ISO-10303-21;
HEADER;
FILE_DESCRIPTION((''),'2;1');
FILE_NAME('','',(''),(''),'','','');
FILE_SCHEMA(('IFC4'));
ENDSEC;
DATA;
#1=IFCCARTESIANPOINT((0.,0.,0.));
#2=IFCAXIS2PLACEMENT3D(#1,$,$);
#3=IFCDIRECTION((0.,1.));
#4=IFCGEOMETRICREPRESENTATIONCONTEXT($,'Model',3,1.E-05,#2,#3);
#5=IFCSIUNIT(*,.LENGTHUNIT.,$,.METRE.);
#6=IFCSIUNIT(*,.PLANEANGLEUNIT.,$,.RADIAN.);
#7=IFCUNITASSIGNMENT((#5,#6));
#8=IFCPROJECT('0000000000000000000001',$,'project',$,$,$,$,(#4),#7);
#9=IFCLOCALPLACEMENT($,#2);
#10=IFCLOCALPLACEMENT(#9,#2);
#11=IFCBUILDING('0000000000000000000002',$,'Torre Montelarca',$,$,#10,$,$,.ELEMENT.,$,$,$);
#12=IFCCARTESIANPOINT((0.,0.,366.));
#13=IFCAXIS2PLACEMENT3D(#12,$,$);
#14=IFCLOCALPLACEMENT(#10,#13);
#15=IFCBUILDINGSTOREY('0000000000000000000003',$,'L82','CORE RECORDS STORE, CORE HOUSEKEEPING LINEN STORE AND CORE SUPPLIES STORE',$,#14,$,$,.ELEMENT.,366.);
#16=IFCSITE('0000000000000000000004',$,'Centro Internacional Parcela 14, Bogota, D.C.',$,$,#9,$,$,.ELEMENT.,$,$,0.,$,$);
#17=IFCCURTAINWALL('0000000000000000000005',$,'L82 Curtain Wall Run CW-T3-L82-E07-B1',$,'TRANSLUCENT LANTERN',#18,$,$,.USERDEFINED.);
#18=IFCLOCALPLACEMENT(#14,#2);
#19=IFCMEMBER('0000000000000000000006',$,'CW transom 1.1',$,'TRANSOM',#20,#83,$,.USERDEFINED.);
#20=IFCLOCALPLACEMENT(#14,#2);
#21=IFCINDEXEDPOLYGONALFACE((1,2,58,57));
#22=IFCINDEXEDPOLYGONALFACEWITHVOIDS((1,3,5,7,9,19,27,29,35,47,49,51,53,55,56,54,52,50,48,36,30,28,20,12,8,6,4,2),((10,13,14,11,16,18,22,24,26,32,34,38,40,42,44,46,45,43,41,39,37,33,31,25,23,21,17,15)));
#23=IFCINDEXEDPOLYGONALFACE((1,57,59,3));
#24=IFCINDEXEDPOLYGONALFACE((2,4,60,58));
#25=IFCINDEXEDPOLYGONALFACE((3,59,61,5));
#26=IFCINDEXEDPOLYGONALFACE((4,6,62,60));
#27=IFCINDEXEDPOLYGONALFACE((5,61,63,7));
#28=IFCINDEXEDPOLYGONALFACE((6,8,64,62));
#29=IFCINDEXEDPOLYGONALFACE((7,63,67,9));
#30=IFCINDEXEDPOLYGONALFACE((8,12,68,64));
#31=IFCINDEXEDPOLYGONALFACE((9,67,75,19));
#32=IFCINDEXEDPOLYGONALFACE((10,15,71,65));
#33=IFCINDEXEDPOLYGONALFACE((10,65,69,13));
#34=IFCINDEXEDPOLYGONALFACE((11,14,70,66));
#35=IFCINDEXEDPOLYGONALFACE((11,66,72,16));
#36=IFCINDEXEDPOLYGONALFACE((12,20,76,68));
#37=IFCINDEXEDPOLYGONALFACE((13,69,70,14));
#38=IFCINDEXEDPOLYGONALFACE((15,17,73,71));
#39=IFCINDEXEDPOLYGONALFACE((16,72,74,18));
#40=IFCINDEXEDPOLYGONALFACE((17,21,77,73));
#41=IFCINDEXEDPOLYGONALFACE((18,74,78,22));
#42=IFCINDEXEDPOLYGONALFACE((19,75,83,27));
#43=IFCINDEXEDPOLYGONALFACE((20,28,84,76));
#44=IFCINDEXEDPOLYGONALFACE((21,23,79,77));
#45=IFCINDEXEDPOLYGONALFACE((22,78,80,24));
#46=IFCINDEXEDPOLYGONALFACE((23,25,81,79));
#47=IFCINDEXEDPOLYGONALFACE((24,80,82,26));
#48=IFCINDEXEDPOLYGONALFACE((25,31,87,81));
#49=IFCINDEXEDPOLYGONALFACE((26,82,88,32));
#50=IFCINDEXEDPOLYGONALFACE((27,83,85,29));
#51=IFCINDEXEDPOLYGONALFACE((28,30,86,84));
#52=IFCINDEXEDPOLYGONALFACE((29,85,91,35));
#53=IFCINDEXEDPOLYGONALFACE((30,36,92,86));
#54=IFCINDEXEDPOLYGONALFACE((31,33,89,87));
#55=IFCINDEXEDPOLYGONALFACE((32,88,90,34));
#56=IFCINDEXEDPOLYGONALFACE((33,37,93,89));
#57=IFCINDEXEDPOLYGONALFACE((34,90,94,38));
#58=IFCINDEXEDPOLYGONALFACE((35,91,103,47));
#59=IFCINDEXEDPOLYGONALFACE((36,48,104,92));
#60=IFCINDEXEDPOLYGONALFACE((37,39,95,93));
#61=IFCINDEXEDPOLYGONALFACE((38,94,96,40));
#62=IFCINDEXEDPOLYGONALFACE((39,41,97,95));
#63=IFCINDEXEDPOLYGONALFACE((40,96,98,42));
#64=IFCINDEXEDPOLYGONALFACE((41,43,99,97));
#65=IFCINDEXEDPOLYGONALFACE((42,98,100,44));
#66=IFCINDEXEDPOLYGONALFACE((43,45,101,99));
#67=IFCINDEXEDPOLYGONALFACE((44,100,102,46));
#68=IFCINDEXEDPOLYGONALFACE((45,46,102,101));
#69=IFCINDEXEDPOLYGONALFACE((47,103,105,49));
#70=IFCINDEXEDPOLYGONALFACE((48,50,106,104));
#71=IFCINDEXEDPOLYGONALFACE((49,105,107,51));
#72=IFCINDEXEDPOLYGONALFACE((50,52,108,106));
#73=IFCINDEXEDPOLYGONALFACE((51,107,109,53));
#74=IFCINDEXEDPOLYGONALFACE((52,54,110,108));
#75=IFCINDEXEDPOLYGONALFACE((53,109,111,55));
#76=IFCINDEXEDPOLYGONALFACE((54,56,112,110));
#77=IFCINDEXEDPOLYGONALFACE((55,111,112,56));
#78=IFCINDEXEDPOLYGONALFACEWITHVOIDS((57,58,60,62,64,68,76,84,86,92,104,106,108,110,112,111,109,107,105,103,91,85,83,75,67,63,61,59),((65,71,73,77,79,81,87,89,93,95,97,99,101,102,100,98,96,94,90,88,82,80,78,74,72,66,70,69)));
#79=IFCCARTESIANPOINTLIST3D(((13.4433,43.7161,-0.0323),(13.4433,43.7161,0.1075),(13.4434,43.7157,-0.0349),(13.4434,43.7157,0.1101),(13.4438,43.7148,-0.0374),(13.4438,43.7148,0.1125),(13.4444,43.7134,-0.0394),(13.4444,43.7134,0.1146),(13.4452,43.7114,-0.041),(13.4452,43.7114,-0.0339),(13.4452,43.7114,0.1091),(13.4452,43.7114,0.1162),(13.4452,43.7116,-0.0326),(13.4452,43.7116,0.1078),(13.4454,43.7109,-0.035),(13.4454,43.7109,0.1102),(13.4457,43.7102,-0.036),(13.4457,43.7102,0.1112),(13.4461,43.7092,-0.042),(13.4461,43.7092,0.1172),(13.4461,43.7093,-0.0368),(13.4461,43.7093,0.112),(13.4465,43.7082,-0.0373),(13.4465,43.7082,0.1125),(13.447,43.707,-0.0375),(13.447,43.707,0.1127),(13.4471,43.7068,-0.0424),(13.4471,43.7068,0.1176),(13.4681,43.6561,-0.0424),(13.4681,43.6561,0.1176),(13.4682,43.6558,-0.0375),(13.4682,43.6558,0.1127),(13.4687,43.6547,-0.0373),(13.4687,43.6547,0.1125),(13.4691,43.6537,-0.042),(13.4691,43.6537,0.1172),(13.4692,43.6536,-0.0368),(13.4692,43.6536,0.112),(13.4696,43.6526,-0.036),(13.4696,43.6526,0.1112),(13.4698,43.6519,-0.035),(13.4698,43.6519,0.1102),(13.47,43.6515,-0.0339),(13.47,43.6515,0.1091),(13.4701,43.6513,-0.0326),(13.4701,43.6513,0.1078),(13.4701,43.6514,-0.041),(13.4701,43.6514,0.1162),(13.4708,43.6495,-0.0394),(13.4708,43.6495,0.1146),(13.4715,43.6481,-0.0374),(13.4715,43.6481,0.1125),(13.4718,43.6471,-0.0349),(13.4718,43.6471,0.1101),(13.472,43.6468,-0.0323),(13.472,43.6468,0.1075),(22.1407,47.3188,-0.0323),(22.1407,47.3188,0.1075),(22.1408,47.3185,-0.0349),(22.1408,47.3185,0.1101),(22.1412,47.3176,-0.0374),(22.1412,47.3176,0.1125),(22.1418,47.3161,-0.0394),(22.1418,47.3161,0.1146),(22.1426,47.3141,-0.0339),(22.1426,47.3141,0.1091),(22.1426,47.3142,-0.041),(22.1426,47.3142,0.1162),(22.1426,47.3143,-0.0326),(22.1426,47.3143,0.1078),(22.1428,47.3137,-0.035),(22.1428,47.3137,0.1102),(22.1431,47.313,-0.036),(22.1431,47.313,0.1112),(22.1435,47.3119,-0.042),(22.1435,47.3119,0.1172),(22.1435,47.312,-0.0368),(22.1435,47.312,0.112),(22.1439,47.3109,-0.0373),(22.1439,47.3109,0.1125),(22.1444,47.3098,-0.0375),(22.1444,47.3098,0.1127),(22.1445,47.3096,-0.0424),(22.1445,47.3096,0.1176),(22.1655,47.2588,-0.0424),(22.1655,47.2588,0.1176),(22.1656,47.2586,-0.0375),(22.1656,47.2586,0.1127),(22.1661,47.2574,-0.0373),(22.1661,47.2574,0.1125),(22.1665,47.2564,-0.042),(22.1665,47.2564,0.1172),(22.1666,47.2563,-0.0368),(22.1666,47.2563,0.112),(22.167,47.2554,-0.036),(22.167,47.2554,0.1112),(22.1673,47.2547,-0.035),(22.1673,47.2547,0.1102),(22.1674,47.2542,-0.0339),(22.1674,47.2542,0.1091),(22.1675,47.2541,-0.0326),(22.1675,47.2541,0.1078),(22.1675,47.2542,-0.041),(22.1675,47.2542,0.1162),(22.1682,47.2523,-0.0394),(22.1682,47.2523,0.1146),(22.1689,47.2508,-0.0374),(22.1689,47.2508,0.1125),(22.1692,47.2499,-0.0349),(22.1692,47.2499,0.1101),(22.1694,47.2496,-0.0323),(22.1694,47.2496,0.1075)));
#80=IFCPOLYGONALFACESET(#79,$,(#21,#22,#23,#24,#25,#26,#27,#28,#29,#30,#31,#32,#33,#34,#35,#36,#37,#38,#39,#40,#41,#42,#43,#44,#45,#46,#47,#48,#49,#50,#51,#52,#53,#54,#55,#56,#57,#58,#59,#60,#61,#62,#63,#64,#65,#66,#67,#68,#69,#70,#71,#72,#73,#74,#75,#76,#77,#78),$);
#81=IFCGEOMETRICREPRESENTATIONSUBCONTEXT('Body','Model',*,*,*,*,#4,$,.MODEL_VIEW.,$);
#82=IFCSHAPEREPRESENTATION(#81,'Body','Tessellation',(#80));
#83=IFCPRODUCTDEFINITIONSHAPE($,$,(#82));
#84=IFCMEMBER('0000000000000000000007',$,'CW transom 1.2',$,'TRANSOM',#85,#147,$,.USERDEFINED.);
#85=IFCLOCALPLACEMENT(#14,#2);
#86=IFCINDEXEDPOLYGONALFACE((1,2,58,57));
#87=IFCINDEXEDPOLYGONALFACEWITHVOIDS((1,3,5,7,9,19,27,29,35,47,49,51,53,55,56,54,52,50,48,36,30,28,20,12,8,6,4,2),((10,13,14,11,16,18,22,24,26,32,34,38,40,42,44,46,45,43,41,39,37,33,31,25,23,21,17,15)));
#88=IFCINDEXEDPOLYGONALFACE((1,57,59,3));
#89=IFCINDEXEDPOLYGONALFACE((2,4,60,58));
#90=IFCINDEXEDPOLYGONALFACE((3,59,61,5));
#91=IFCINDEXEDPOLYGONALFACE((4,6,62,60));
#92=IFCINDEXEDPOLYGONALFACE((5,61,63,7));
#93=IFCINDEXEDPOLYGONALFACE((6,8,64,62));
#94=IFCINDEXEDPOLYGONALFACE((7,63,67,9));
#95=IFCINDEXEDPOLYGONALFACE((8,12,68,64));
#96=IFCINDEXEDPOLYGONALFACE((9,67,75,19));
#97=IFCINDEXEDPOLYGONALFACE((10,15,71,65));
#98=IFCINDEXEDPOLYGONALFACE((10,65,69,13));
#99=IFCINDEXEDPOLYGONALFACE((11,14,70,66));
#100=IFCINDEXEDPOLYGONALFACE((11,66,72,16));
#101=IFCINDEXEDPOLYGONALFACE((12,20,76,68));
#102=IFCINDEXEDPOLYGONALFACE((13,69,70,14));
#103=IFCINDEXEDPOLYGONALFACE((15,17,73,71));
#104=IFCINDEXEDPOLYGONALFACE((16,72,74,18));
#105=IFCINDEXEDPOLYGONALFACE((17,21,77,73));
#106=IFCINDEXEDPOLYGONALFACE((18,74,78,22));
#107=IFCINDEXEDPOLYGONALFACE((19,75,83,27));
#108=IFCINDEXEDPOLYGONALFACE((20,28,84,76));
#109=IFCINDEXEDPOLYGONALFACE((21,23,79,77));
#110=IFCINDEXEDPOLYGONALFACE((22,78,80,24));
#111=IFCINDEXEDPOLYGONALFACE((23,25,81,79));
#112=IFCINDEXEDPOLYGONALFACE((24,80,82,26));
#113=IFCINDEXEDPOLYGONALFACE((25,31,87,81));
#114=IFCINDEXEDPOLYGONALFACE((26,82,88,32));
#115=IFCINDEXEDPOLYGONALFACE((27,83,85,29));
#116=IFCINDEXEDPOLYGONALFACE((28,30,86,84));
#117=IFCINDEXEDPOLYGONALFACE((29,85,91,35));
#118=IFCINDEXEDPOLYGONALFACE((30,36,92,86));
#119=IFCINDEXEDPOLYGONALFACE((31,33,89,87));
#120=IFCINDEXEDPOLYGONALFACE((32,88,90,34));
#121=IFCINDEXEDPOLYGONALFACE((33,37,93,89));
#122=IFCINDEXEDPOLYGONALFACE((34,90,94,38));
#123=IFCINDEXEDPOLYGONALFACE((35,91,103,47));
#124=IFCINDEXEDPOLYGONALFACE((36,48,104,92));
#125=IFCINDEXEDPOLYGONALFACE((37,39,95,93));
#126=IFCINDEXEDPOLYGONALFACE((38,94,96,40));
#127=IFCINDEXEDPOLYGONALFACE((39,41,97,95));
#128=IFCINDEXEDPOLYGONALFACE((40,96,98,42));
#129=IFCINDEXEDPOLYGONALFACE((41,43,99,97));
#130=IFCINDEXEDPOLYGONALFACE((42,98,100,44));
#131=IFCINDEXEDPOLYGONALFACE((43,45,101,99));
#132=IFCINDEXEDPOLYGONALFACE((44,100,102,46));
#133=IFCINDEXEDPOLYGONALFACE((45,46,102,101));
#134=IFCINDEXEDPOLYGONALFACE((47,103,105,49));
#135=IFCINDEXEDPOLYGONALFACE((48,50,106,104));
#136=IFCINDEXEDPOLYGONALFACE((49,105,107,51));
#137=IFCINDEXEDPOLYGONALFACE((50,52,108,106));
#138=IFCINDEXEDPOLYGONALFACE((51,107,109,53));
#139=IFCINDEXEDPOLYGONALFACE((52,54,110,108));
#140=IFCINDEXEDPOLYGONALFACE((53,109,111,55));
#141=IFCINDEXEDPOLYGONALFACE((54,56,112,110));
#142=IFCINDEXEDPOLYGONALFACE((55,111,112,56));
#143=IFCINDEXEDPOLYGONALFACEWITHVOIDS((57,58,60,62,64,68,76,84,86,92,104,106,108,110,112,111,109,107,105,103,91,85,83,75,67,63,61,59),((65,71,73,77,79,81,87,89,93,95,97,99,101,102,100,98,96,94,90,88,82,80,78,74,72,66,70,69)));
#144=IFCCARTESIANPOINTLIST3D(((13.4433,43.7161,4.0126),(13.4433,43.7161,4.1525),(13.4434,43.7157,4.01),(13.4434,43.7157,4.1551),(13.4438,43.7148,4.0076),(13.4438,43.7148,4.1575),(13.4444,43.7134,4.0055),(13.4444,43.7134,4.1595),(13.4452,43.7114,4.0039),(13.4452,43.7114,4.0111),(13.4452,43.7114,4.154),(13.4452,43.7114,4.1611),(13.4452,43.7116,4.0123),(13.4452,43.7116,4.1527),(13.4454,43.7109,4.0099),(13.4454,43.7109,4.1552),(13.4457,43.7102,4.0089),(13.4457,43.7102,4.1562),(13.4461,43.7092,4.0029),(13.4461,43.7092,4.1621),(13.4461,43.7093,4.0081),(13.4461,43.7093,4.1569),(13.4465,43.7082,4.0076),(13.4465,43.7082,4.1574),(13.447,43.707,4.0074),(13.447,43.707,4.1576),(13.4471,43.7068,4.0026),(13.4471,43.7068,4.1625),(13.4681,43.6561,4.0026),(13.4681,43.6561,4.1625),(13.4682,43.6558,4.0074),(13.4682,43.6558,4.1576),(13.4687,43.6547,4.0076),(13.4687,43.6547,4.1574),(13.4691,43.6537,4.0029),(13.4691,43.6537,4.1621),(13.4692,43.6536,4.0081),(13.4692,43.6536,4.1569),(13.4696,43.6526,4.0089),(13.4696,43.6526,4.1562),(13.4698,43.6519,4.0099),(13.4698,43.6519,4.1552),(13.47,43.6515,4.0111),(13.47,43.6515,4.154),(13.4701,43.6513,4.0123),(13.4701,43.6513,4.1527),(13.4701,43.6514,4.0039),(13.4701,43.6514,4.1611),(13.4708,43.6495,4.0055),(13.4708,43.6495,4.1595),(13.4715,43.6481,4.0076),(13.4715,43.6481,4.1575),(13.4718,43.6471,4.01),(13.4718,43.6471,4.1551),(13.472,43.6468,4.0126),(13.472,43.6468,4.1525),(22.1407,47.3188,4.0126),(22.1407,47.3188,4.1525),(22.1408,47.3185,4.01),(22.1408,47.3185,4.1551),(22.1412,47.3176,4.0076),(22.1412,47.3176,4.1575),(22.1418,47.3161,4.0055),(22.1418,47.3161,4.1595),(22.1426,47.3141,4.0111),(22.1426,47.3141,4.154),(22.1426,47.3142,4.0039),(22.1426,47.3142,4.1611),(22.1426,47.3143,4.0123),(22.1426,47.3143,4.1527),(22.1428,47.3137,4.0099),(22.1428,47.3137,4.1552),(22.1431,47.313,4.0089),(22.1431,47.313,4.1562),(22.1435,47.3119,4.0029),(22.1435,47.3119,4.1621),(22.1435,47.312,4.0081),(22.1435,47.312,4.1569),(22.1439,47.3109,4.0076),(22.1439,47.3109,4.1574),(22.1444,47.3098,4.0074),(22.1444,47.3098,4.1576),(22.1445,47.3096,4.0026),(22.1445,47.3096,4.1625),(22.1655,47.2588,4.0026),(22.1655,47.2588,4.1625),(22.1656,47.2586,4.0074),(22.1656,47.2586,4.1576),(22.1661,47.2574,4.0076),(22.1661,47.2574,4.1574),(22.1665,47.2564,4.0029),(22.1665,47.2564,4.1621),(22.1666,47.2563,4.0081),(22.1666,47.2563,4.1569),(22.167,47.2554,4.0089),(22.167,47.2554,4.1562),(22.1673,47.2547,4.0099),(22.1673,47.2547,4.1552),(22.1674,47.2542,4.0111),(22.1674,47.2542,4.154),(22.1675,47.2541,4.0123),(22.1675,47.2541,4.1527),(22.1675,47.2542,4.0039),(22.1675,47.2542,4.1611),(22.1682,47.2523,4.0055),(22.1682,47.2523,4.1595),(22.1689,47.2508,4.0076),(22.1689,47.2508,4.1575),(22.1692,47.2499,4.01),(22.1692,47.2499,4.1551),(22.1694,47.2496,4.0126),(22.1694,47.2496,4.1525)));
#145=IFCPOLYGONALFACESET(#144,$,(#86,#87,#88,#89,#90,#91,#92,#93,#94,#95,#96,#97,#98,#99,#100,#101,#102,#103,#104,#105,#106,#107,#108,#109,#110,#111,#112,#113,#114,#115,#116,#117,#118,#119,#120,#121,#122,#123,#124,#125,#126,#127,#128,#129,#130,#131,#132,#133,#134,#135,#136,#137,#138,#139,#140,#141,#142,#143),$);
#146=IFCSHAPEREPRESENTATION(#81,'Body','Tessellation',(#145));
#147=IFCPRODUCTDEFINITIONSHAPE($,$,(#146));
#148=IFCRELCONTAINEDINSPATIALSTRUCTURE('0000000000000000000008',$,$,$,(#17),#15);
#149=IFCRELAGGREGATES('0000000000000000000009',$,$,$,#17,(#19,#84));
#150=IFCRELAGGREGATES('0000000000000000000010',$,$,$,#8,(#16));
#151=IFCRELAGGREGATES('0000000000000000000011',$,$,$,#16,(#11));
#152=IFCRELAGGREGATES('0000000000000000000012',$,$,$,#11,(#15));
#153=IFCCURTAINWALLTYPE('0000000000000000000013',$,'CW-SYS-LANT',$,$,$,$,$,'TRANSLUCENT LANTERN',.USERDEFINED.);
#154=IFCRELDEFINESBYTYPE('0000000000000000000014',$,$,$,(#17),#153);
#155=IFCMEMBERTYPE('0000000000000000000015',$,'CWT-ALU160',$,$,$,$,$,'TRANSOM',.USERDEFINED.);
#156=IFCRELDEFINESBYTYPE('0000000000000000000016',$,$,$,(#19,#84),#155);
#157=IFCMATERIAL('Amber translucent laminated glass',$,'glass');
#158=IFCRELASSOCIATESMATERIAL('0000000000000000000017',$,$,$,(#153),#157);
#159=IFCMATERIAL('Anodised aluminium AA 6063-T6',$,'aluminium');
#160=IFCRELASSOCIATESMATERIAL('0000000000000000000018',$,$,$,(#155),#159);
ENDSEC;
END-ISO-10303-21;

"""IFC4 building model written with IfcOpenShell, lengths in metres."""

from ifc_helpers import new_model, si_unit, direction, frame, origin, origin_2d, place, context, subcontext, project, spatial, hollow_rectangle, extrude, source, transform, mapped, material, material_profile, profile_set, type_object, element, aggregate, save


model = new_model("IFC4")

# Units and contexts
model_context = context("Model", 3, precision=1e-05, world=origin(), true_north=direction((0.0, 1.0)))
body_context = subcontext(model_context, "Body", "Model", "MODEL_VIEW")
ifc_project = project(units=[si_unit("LENGTHUNIT", "METRE"), si_unit("PLANEANGLEUNIT", "RADIAN")], contexts=[model_context])

# Site, building, storey
site_placement = place(None, origin())
site = spatial("IfcSite", under=ifc_project, at=site_placement, Name="Centro Internacional Parcela 14, Bogota, D.C.", CompositionType="ELEMENT", RefElevation=0.0)
building_placement = place(site_placement, origin())
building = spatial("IfcBuilding", under=site, at=building_placement, Name="Torre Montelarca", CompositionType="ELEMENT")
storey_placement = place(building_placement, frame((0.0, 0.0, 366.0)))
storey = spatial("IfcBuildingStorey", under=building, at=storey_placement, Name="L82", Description="CORE RECORDS STORE, CORE HOUSEKEEPING LINEN STORE AND CORE SUPPLIES STORE", CompositionType="ELEMENT", Elevation=366.0)

# Shared definitions
ifc_material_1 = material(Name="Amber translucent laminated glass", Category="glass")
curtain_wall_type = type_object("IfcCurtainWallType", Name="CW-SYS-LANT", ElementType="TRANSLUCENT LANTERN", PredefinedType="USERDEFINED", material=ifc_material_1)
ifc_material_2 = material(Name="Anodised aluminium AA 6063-T6", Category="aluminium")

# Curtain wall
curtain_wall_1_placement = place(storey_placement, origin())
curtain_wall_1 = element("IfcCurtainWall", 1, at=curtain_wall_1_placement, inside=storey, type_object=curtain_wall_type, Name="L82 Curtain Wall Run CW-T3-L82-E07-B1", ObjectType="TRANSLUCENT LANTERN", PredefinedType="USERDEFINED")

# Members
ifc_material_profile_1 = material_profile(ifc_material_2, hollow_rectangle(XDim=0.075, YDim=0.1599, WallThickness=0.0049, InnerFilletRadius=0.0049, OuterFilletRadius=0.01, at=origin_2d()), Name="ALU75X160X5", Category="aluminium")
ifc_profile_set_1 = profile_set([ifc_material_profile_1], Name="Anodised aluminium AA 6063-T6")
member_type_1 = type_object("IfcMemberType", Name="CWT-ALU160", ElementType="TRANSOM", PredefinedType="USERDEFINED", material=ifc_profile_set_1)
shared_shape_1 = source(origin(), body_context, "Body", "SweptSolid", [
    extrude(hollow_rectangle(XDim=0.075, YDim=0.1599, WallThickness=0.0049, InnerFilletRadius=0.0049, OuterFilletRadius=0.01, at=origin_2d()), origin(), (0.0, 0.0, 1.0), 9.4141),
])
member_1_placement = place(storey_placement, frame((22.155, 47.2842, 0.0376), z_axis=(-0.923874, -0.382698, 0.0), x_axis=(0.382698, -0.923874, 0.0)))
member_1 = element("IfcMember", 2, at=member_1_placement, type_object=member_type_1, Name="CW transom 1.1", ObjectType="TRANSOM", PredefinedType="USERDEFINED", context=body_context, shape_type="MappedRepresentation", body=[
    mapped(shared_shape_1, transform((0.0, 0.0, 0.0), scale=1.0)),
])
member_2_placement = place(storey_placement, frame((22.155, 47.2842, 4.0825), z_axis=(-0.923874, -0.382698, 0.0), x_axis=(0.382698, -0.923874, 0.0)))
member_2 = element("IfcMember", 3, at=member_2_placement, type_object=member_type_1, Name="CW transom 1.2", ObjectType="TRANSOM", PredefinedType="USERDEFINED", context=body_context, shape_type="MappedRepresentation", body=[
    mapped(shared_shape_1, transform((0.0, 0.0, 0.0), scale=1.0)),
])

aggregate(curtain_wall_1, [member_1, member_2])

save(model, "model.ifc")
